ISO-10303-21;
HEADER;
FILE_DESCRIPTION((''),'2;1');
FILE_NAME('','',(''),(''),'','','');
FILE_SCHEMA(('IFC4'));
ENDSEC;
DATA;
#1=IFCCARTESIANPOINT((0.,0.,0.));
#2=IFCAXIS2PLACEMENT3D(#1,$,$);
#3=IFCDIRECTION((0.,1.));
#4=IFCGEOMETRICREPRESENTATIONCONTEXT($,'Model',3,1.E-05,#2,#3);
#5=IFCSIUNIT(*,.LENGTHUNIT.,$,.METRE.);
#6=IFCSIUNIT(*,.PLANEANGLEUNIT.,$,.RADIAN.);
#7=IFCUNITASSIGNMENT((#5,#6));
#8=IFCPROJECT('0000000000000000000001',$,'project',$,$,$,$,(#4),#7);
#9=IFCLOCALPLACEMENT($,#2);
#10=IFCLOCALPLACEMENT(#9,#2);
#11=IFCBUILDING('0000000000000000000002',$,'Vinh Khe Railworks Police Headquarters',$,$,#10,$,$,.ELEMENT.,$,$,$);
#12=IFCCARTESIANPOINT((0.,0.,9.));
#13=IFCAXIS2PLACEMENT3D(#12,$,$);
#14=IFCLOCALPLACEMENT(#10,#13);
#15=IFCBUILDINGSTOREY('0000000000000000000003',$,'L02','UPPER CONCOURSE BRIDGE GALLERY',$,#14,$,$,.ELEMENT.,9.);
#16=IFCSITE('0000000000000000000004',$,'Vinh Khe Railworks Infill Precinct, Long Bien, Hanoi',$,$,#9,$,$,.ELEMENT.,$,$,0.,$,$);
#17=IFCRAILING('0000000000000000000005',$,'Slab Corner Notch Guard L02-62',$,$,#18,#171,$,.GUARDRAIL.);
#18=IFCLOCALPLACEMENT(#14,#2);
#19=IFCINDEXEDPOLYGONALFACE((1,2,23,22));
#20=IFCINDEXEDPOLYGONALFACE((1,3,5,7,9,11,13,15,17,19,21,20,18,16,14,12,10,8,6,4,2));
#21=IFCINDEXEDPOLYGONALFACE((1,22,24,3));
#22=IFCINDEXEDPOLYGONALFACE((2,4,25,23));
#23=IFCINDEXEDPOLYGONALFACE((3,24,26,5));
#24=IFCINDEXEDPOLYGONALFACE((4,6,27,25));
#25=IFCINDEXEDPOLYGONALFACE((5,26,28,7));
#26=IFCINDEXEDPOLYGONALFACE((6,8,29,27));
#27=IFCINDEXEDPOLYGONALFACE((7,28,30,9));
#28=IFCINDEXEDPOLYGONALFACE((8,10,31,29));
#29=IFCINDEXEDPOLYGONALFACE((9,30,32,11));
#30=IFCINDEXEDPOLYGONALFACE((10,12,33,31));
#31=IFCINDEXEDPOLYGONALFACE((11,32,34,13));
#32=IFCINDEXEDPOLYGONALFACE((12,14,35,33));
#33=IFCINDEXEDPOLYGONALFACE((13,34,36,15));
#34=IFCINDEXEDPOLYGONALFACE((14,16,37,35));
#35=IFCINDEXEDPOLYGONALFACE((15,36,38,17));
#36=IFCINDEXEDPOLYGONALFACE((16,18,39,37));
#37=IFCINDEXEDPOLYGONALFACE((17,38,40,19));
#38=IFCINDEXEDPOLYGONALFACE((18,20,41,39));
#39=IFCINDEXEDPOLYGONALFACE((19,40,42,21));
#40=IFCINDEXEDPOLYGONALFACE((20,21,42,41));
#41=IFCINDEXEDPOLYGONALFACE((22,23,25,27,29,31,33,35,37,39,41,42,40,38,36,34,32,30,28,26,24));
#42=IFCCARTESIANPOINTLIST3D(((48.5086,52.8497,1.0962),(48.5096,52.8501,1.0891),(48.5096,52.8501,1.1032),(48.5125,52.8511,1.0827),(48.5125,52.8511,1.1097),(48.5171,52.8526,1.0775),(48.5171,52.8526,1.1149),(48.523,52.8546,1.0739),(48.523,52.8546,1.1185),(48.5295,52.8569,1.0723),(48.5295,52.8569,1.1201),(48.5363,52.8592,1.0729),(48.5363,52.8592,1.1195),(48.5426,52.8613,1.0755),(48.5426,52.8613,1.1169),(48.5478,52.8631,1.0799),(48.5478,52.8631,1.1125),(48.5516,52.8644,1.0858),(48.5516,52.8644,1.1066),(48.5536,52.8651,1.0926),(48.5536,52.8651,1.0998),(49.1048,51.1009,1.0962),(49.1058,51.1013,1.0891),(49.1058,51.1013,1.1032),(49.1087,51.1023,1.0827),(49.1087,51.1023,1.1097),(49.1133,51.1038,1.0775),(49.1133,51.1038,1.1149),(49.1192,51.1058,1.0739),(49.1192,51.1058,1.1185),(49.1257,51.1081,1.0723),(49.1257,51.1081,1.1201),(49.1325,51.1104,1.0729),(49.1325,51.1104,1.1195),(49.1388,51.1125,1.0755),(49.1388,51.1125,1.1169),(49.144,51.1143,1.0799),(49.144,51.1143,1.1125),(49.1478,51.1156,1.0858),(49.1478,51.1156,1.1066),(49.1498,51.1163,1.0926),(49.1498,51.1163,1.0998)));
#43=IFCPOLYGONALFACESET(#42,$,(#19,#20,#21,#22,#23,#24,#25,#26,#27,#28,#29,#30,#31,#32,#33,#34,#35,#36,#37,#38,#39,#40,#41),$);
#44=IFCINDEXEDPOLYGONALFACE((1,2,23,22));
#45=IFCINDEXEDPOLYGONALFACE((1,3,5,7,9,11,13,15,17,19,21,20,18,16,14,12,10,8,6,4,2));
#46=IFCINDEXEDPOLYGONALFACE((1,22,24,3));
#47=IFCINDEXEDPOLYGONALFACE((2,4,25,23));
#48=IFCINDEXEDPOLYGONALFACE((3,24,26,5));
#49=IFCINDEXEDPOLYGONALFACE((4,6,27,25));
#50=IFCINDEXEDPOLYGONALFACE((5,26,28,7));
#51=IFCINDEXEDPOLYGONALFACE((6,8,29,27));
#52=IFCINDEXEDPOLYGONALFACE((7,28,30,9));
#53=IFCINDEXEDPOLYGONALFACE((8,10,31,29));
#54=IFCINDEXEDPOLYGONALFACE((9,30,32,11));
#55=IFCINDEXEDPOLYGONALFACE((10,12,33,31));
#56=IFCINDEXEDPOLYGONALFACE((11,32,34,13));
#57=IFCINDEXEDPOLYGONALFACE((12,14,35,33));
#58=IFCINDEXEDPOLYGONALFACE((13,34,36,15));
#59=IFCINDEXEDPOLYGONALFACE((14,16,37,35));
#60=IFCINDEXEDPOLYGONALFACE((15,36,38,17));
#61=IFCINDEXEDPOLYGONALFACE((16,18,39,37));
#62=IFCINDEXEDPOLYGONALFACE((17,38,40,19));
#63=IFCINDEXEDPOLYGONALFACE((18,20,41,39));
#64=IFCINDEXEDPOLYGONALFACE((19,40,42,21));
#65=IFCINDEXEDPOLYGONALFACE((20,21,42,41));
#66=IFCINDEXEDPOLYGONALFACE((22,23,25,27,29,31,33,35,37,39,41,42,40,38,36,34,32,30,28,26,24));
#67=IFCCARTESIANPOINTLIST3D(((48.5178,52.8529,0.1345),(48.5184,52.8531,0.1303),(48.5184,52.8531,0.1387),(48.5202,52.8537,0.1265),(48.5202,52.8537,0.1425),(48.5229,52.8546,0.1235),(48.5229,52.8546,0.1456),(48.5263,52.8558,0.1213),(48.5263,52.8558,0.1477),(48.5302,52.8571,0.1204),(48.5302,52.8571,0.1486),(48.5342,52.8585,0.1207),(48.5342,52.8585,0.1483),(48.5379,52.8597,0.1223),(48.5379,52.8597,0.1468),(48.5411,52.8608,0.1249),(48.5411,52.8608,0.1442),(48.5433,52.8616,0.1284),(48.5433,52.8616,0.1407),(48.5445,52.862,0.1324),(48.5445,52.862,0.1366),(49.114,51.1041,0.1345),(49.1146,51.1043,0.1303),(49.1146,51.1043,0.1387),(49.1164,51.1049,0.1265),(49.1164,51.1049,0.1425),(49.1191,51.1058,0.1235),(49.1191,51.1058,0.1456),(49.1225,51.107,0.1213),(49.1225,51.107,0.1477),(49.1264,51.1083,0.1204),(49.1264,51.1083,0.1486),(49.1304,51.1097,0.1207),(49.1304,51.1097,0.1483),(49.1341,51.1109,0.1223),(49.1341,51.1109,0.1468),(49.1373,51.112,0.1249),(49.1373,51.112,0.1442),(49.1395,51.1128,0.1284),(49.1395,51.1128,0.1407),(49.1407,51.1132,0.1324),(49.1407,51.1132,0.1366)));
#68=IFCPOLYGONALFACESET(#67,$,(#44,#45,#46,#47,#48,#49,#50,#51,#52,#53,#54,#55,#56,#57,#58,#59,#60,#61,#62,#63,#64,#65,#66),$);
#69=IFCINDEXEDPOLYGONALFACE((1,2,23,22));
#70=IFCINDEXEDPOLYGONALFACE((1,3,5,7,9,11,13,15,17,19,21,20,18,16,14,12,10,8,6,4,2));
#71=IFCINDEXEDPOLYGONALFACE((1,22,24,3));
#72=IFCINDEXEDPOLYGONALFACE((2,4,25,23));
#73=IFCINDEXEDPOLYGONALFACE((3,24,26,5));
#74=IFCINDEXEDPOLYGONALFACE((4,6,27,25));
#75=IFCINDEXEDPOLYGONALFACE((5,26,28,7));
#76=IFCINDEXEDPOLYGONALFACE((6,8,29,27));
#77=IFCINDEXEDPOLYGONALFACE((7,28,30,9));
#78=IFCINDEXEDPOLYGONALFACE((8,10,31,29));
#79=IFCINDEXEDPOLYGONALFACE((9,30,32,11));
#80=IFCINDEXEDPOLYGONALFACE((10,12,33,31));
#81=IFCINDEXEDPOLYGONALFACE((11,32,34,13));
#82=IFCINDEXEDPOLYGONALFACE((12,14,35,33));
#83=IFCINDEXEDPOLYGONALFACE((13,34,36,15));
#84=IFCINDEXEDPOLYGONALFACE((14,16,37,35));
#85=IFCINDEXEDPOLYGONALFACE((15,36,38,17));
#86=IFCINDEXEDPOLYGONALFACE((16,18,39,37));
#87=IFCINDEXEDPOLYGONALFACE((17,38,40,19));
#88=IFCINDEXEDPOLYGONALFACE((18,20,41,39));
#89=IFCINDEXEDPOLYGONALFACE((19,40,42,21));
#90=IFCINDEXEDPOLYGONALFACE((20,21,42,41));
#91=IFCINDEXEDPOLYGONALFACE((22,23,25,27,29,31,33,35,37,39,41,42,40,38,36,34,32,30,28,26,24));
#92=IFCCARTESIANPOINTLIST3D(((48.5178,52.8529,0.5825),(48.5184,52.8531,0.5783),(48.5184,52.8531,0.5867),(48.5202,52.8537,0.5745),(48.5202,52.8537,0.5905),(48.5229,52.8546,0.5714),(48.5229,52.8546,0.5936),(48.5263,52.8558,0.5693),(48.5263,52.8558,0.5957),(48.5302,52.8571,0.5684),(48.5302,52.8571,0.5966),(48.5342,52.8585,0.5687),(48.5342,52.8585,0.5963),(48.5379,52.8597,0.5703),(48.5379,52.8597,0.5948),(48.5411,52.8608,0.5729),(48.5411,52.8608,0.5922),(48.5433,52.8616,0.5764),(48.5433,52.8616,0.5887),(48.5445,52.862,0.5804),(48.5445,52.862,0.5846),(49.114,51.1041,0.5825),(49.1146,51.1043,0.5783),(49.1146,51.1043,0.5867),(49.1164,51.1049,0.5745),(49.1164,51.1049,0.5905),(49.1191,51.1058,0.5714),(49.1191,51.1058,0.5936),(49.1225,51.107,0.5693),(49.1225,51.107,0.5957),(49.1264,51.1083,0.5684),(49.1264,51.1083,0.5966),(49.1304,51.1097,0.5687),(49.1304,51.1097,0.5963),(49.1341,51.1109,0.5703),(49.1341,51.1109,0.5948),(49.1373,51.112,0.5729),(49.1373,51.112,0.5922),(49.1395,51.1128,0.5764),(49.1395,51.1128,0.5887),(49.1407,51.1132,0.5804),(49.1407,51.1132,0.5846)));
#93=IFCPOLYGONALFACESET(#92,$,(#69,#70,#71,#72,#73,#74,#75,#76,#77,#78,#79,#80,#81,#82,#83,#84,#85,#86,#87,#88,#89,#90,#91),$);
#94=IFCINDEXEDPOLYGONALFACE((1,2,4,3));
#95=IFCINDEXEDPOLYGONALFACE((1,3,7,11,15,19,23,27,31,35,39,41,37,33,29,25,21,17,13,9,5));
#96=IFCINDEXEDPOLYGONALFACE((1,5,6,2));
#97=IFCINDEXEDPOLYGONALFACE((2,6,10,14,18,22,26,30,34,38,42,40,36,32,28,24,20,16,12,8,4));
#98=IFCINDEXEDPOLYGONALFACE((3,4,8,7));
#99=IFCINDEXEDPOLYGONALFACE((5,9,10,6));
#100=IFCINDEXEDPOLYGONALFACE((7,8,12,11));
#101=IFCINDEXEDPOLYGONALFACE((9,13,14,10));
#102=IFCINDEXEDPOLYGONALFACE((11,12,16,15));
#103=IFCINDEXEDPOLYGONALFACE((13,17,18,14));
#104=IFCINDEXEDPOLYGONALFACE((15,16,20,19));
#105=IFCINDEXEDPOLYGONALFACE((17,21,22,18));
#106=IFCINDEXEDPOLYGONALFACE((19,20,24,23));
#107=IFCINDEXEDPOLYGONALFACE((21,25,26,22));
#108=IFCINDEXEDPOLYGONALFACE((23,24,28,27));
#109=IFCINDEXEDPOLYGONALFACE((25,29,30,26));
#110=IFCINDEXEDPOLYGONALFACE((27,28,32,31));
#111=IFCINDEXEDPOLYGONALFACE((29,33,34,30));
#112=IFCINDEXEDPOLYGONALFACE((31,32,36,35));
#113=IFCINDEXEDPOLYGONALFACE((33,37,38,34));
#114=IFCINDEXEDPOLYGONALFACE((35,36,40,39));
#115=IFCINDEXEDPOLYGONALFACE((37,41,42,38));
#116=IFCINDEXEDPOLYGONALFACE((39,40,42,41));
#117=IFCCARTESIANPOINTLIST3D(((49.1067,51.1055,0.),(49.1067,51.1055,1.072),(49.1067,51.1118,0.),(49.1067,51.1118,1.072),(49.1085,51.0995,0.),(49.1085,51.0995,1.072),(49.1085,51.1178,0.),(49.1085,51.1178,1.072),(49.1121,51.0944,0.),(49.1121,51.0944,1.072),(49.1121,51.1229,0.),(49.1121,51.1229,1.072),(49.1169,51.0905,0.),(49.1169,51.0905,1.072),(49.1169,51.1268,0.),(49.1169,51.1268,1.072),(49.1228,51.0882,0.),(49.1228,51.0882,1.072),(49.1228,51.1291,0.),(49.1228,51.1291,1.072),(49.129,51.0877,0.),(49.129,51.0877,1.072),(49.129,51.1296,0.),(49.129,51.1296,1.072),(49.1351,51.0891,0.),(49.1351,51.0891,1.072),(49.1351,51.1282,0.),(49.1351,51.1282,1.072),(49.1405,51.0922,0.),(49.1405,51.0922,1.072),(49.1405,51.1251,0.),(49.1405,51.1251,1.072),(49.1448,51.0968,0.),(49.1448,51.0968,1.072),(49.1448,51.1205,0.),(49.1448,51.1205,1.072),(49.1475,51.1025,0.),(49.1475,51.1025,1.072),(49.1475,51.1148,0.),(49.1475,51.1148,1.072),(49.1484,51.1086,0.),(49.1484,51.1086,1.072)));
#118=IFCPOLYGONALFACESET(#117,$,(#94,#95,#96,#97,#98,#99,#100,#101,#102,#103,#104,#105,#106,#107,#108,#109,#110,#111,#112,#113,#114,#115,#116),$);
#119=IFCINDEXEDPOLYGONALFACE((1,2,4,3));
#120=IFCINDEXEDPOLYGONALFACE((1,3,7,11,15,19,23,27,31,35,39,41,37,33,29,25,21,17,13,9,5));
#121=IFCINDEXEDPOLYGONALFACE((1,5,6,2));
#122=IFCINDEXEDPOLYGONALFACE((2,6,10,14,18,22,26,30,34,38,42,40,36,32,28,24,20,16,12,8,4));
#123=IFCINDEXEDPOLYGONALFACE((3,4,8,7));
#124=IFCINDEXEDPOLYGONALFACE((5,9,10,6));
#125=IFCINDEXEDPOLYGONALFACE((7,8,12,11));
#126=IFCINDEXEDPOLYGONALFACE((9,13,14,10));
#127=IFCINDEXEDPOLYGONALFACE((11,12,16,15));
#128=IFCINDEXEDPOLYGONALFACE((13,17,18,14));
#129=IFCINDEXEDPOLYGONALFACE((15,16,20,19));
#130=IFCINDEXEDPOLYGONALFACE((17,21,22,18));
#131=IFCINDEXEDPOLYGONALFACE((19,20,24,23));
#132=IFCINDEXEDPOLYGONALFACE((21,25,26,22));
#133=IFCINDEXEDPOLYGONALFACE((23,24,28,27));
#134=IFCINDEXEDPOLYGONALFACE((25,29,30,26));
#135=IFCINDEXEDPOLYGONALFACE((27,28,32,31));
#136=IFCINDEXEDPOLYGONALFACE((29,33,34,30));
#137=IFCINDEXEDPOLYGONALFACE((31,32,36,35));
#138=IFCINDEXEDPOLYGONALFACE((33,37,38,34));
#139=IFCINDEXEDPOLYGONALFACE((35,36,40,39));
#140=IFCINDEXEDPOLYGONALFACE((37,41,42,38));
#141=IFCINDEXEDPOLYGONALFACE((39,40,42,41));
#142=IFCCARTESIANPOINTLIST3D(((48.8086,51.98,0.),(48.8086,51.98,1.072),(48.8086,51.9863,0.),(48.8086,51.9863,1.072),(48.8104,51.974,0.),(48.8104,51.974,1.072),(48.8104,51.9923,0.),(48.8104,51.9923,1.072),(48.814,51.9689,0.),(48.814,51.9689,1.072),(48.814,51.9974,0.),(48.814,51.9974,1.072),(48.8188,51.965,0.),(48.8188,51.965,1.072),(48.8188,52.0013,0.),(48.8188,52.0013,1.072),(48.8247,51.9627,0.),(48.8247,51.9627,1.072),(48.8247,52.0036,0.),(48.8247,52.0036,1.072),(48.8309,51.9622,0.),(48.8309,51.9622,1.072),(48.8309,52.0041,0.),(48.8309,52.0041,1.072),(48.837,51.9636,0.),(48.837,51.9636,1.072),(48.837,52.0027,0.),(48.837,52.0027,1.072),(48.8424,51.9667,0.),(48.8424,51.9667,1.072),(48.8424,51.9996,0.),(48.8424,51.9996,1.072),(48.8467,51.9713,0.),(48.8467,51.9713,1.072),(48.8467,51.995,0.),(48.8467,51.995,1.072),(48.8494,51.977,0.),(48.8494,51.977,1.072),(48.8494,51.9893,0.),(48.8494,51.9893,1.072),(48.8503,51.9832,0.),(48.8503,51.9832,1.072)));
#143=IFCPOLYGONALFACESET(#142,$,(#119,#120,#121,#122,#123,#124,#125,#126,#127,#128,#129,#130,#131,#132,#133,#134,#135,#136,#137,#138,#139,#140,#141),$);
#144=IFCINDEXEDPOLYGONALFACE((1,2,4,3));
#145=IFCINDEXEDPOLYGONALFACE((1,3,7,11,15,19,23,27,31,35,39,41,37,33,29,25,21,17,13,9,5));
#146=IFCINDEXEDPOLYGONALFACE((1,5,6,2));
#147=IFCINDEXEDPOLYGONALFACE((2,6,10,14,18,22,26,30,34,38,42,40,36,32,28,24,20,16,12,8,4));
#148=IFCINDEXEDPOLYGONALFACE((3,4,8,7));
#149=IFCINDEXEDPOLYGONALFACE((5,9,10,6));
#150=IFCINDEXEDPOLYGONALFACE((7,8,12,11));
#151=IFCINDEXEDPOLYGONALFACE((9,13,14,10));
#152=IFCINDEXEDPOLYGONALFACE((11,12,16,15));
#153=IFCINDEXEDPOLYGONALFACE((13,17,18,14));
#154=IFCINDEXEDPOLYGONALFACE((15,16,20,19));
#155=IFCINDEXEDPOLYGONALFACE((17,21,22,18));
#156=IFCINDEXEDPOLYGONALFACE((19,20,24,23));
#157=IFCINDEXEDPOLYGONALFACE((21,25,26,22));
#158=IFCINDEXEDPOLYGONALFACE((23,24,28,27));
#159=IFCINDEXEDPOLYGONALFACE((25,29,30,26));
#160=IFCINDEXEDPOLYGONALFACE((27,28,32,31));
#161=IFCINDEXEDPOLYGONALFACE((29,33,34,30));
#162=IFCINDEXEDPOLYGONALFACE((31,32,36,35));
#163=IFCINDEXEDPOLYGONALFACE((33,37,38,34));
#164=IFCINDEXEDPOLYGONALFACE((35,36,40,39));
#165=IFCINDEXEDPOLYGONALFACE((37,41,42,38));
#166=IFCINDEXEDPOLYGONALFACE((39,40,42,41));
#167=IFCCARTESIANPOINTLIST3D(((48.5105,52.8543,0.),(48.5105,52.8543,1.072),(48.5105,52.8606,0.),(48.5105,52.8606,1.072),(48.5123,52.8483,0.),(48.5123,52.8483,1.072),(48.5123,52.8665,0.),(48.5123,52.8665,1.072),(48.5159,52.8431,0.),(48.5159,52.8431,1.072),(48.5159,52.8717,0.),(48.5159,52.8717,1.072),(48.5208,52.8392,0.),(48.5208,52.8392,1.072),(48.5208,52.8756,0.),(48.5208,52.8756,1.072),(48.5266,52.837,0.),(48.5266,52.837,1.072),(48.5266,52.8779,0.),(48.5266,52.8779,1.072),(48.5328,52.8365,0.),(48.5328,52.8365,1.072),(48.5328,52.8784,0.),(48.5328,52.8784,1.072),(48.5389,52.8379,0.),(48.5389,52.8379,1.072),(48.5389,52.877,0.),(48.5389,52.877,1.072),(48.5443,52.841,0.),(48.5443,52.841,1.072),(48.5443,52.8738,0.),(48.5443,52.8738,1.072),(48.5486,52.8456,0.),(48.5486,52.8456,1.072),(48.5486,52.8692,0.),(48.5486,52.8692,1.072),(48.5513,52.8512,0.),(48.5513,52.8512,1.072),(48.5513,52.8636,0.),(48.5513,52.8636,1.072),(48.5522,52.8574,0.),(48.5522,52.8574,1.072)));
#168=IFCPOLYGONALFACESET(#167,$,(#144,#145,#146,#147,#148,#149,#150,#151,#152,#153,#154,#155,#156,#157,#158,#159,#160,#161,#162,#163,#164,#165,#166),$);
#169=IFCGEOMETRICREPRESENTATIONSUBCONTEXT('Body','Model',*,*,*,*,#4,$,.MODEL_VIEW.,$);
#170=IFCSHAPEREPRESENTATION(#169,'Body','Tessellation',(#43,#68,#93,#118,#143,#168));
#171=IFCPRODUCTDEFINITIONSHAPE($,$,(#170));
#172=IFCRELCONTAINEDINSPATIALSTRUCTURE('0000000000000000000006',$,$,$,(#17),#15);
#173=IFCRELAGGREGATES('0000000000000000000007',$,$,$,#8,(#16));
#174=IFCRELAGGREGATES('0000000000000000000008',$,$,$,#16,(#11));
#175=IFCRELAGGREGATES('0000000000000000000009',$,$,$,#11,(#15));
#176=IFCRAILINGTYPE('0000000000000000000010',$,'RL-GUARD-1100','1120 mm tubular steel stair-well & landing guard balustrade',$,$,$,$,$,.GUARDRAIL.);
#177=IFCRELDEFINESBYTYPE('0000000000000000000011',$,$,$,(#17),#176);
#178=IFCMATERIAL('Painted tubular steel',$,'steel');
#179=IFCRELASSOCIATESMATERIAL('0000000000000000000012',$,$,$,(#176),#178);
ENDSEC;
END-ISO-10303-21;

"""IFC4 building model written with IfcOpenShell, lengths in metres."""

from ifc_helpers import new_model, si_unit, direction, frame, origin, origin_2d, place, context, subcontext, project, spatial, circle, extrude, material, type_object, element, save


model = new_model("IFC4")

# Units and contexts
model_context = context("Model", 3, precision=1e-05, world=origin(), true_north=direction((0.0, 1.0)))
body_context = subcontext(model_context, "Body", "Model", "MODEL_VIEW")
ifc_project = project(units=[si_unit("LENGTHUNIT", "METRE"), si_unit("PLANEANGLEUNIT", "RADIAN")], contexts=[model_context])

# Site, building, storey
site_placement = place(None, origin())
site = spatial("IfcSite", under=ifc_project, at=site_placement, Name="Vinh Khe Railworks Infill Precinct, Long Bien, Hanoi", CompositionType="ELEMENT", RefElevation=0.0)
building_placement = place(site_placement, origin())
building = spatial("IfcBuilding", under=site, at=building_placement, Name="Vinh Khe Railworks Police Headquarters", CompositionType="ELEMENT")
storey_placement = place(building_placement, frame((0.0, 0.0, 9.0)))
storey = spatial("IfcBuildingStorey", under=building, at=storey_placement, Name="L02", Description="UPPER CONCOURSE BRIDGE GALLERY", CompositionType="ELEMENT", Elevation=9.0)

# Railing
ifc_material_1 = material(Name="Painted tubular steel", Category="steel")
railing_type = type_object("IfcRailingType", Name="RL-GUARD-1100", Description="1120 mm tubular steel stair-well & landing guard balustrade", PredefinedType="GUARDRAIL", material=ifc_material_1)
railing_1_placement = place(storey_placement, frame((49.1274, 51.1086, 0.0)))
element("IfcRailing", 1, at=railing_1_placement, inside=storey, type_object=railing_type, Name="Slab Corner Notch Guard L02-62", PredefinedType="GUARDRAIL", context=body_context, shape_type="SweptSolid", body=[
    extrude(circle(Radius=0.0239, at=origin_2d()), frame((0.0, 0.0, 1.0962), z_axis=(-0.322682, 0.946507, 0.0), x_axis=(-0.946507, -0.322682, 0.0)), (0.0, 0.0, 1.0), 1.8477),
    extrude(circle(Radius=0.0142, at=origin_2d()), frame((0.0, 0.0, 0.1345), z_axis=(-0.322682, 0.946507, 0.0), x_axis=(-0.946507, -0.322682, 0.0)), (0.0, 0.0, 1.0), 1.8477),
    extrude(circle(Radius=0.0142, at=origin_2d()), frame((0.0, 0.0, 0.5825), z_axis=(-0.322682, 0.946507, 0.0), x_axis=(-0.946507, -0.322682, 0.0)), (0.0, 0.0, 1.0), 1.8477),
    extrude(circle(Radius=0.021, at=origin_2d()), origin(), (0.0, 0.0, 1.0), 1.072),
    extrude(circle(Radius=0.021, at=origin_2d()), frame((-0.2981, 0.8745, 0.0)), (0.0, 0.0, 1.0), 1.072),
    extrude(circle(Radius=0.021, at=origin_2d()), frame((-0.5962, 1.7488, 0.0)), (0.0, 0.0, 1.0), 1.072),
])

save(model, "model.ifc")
